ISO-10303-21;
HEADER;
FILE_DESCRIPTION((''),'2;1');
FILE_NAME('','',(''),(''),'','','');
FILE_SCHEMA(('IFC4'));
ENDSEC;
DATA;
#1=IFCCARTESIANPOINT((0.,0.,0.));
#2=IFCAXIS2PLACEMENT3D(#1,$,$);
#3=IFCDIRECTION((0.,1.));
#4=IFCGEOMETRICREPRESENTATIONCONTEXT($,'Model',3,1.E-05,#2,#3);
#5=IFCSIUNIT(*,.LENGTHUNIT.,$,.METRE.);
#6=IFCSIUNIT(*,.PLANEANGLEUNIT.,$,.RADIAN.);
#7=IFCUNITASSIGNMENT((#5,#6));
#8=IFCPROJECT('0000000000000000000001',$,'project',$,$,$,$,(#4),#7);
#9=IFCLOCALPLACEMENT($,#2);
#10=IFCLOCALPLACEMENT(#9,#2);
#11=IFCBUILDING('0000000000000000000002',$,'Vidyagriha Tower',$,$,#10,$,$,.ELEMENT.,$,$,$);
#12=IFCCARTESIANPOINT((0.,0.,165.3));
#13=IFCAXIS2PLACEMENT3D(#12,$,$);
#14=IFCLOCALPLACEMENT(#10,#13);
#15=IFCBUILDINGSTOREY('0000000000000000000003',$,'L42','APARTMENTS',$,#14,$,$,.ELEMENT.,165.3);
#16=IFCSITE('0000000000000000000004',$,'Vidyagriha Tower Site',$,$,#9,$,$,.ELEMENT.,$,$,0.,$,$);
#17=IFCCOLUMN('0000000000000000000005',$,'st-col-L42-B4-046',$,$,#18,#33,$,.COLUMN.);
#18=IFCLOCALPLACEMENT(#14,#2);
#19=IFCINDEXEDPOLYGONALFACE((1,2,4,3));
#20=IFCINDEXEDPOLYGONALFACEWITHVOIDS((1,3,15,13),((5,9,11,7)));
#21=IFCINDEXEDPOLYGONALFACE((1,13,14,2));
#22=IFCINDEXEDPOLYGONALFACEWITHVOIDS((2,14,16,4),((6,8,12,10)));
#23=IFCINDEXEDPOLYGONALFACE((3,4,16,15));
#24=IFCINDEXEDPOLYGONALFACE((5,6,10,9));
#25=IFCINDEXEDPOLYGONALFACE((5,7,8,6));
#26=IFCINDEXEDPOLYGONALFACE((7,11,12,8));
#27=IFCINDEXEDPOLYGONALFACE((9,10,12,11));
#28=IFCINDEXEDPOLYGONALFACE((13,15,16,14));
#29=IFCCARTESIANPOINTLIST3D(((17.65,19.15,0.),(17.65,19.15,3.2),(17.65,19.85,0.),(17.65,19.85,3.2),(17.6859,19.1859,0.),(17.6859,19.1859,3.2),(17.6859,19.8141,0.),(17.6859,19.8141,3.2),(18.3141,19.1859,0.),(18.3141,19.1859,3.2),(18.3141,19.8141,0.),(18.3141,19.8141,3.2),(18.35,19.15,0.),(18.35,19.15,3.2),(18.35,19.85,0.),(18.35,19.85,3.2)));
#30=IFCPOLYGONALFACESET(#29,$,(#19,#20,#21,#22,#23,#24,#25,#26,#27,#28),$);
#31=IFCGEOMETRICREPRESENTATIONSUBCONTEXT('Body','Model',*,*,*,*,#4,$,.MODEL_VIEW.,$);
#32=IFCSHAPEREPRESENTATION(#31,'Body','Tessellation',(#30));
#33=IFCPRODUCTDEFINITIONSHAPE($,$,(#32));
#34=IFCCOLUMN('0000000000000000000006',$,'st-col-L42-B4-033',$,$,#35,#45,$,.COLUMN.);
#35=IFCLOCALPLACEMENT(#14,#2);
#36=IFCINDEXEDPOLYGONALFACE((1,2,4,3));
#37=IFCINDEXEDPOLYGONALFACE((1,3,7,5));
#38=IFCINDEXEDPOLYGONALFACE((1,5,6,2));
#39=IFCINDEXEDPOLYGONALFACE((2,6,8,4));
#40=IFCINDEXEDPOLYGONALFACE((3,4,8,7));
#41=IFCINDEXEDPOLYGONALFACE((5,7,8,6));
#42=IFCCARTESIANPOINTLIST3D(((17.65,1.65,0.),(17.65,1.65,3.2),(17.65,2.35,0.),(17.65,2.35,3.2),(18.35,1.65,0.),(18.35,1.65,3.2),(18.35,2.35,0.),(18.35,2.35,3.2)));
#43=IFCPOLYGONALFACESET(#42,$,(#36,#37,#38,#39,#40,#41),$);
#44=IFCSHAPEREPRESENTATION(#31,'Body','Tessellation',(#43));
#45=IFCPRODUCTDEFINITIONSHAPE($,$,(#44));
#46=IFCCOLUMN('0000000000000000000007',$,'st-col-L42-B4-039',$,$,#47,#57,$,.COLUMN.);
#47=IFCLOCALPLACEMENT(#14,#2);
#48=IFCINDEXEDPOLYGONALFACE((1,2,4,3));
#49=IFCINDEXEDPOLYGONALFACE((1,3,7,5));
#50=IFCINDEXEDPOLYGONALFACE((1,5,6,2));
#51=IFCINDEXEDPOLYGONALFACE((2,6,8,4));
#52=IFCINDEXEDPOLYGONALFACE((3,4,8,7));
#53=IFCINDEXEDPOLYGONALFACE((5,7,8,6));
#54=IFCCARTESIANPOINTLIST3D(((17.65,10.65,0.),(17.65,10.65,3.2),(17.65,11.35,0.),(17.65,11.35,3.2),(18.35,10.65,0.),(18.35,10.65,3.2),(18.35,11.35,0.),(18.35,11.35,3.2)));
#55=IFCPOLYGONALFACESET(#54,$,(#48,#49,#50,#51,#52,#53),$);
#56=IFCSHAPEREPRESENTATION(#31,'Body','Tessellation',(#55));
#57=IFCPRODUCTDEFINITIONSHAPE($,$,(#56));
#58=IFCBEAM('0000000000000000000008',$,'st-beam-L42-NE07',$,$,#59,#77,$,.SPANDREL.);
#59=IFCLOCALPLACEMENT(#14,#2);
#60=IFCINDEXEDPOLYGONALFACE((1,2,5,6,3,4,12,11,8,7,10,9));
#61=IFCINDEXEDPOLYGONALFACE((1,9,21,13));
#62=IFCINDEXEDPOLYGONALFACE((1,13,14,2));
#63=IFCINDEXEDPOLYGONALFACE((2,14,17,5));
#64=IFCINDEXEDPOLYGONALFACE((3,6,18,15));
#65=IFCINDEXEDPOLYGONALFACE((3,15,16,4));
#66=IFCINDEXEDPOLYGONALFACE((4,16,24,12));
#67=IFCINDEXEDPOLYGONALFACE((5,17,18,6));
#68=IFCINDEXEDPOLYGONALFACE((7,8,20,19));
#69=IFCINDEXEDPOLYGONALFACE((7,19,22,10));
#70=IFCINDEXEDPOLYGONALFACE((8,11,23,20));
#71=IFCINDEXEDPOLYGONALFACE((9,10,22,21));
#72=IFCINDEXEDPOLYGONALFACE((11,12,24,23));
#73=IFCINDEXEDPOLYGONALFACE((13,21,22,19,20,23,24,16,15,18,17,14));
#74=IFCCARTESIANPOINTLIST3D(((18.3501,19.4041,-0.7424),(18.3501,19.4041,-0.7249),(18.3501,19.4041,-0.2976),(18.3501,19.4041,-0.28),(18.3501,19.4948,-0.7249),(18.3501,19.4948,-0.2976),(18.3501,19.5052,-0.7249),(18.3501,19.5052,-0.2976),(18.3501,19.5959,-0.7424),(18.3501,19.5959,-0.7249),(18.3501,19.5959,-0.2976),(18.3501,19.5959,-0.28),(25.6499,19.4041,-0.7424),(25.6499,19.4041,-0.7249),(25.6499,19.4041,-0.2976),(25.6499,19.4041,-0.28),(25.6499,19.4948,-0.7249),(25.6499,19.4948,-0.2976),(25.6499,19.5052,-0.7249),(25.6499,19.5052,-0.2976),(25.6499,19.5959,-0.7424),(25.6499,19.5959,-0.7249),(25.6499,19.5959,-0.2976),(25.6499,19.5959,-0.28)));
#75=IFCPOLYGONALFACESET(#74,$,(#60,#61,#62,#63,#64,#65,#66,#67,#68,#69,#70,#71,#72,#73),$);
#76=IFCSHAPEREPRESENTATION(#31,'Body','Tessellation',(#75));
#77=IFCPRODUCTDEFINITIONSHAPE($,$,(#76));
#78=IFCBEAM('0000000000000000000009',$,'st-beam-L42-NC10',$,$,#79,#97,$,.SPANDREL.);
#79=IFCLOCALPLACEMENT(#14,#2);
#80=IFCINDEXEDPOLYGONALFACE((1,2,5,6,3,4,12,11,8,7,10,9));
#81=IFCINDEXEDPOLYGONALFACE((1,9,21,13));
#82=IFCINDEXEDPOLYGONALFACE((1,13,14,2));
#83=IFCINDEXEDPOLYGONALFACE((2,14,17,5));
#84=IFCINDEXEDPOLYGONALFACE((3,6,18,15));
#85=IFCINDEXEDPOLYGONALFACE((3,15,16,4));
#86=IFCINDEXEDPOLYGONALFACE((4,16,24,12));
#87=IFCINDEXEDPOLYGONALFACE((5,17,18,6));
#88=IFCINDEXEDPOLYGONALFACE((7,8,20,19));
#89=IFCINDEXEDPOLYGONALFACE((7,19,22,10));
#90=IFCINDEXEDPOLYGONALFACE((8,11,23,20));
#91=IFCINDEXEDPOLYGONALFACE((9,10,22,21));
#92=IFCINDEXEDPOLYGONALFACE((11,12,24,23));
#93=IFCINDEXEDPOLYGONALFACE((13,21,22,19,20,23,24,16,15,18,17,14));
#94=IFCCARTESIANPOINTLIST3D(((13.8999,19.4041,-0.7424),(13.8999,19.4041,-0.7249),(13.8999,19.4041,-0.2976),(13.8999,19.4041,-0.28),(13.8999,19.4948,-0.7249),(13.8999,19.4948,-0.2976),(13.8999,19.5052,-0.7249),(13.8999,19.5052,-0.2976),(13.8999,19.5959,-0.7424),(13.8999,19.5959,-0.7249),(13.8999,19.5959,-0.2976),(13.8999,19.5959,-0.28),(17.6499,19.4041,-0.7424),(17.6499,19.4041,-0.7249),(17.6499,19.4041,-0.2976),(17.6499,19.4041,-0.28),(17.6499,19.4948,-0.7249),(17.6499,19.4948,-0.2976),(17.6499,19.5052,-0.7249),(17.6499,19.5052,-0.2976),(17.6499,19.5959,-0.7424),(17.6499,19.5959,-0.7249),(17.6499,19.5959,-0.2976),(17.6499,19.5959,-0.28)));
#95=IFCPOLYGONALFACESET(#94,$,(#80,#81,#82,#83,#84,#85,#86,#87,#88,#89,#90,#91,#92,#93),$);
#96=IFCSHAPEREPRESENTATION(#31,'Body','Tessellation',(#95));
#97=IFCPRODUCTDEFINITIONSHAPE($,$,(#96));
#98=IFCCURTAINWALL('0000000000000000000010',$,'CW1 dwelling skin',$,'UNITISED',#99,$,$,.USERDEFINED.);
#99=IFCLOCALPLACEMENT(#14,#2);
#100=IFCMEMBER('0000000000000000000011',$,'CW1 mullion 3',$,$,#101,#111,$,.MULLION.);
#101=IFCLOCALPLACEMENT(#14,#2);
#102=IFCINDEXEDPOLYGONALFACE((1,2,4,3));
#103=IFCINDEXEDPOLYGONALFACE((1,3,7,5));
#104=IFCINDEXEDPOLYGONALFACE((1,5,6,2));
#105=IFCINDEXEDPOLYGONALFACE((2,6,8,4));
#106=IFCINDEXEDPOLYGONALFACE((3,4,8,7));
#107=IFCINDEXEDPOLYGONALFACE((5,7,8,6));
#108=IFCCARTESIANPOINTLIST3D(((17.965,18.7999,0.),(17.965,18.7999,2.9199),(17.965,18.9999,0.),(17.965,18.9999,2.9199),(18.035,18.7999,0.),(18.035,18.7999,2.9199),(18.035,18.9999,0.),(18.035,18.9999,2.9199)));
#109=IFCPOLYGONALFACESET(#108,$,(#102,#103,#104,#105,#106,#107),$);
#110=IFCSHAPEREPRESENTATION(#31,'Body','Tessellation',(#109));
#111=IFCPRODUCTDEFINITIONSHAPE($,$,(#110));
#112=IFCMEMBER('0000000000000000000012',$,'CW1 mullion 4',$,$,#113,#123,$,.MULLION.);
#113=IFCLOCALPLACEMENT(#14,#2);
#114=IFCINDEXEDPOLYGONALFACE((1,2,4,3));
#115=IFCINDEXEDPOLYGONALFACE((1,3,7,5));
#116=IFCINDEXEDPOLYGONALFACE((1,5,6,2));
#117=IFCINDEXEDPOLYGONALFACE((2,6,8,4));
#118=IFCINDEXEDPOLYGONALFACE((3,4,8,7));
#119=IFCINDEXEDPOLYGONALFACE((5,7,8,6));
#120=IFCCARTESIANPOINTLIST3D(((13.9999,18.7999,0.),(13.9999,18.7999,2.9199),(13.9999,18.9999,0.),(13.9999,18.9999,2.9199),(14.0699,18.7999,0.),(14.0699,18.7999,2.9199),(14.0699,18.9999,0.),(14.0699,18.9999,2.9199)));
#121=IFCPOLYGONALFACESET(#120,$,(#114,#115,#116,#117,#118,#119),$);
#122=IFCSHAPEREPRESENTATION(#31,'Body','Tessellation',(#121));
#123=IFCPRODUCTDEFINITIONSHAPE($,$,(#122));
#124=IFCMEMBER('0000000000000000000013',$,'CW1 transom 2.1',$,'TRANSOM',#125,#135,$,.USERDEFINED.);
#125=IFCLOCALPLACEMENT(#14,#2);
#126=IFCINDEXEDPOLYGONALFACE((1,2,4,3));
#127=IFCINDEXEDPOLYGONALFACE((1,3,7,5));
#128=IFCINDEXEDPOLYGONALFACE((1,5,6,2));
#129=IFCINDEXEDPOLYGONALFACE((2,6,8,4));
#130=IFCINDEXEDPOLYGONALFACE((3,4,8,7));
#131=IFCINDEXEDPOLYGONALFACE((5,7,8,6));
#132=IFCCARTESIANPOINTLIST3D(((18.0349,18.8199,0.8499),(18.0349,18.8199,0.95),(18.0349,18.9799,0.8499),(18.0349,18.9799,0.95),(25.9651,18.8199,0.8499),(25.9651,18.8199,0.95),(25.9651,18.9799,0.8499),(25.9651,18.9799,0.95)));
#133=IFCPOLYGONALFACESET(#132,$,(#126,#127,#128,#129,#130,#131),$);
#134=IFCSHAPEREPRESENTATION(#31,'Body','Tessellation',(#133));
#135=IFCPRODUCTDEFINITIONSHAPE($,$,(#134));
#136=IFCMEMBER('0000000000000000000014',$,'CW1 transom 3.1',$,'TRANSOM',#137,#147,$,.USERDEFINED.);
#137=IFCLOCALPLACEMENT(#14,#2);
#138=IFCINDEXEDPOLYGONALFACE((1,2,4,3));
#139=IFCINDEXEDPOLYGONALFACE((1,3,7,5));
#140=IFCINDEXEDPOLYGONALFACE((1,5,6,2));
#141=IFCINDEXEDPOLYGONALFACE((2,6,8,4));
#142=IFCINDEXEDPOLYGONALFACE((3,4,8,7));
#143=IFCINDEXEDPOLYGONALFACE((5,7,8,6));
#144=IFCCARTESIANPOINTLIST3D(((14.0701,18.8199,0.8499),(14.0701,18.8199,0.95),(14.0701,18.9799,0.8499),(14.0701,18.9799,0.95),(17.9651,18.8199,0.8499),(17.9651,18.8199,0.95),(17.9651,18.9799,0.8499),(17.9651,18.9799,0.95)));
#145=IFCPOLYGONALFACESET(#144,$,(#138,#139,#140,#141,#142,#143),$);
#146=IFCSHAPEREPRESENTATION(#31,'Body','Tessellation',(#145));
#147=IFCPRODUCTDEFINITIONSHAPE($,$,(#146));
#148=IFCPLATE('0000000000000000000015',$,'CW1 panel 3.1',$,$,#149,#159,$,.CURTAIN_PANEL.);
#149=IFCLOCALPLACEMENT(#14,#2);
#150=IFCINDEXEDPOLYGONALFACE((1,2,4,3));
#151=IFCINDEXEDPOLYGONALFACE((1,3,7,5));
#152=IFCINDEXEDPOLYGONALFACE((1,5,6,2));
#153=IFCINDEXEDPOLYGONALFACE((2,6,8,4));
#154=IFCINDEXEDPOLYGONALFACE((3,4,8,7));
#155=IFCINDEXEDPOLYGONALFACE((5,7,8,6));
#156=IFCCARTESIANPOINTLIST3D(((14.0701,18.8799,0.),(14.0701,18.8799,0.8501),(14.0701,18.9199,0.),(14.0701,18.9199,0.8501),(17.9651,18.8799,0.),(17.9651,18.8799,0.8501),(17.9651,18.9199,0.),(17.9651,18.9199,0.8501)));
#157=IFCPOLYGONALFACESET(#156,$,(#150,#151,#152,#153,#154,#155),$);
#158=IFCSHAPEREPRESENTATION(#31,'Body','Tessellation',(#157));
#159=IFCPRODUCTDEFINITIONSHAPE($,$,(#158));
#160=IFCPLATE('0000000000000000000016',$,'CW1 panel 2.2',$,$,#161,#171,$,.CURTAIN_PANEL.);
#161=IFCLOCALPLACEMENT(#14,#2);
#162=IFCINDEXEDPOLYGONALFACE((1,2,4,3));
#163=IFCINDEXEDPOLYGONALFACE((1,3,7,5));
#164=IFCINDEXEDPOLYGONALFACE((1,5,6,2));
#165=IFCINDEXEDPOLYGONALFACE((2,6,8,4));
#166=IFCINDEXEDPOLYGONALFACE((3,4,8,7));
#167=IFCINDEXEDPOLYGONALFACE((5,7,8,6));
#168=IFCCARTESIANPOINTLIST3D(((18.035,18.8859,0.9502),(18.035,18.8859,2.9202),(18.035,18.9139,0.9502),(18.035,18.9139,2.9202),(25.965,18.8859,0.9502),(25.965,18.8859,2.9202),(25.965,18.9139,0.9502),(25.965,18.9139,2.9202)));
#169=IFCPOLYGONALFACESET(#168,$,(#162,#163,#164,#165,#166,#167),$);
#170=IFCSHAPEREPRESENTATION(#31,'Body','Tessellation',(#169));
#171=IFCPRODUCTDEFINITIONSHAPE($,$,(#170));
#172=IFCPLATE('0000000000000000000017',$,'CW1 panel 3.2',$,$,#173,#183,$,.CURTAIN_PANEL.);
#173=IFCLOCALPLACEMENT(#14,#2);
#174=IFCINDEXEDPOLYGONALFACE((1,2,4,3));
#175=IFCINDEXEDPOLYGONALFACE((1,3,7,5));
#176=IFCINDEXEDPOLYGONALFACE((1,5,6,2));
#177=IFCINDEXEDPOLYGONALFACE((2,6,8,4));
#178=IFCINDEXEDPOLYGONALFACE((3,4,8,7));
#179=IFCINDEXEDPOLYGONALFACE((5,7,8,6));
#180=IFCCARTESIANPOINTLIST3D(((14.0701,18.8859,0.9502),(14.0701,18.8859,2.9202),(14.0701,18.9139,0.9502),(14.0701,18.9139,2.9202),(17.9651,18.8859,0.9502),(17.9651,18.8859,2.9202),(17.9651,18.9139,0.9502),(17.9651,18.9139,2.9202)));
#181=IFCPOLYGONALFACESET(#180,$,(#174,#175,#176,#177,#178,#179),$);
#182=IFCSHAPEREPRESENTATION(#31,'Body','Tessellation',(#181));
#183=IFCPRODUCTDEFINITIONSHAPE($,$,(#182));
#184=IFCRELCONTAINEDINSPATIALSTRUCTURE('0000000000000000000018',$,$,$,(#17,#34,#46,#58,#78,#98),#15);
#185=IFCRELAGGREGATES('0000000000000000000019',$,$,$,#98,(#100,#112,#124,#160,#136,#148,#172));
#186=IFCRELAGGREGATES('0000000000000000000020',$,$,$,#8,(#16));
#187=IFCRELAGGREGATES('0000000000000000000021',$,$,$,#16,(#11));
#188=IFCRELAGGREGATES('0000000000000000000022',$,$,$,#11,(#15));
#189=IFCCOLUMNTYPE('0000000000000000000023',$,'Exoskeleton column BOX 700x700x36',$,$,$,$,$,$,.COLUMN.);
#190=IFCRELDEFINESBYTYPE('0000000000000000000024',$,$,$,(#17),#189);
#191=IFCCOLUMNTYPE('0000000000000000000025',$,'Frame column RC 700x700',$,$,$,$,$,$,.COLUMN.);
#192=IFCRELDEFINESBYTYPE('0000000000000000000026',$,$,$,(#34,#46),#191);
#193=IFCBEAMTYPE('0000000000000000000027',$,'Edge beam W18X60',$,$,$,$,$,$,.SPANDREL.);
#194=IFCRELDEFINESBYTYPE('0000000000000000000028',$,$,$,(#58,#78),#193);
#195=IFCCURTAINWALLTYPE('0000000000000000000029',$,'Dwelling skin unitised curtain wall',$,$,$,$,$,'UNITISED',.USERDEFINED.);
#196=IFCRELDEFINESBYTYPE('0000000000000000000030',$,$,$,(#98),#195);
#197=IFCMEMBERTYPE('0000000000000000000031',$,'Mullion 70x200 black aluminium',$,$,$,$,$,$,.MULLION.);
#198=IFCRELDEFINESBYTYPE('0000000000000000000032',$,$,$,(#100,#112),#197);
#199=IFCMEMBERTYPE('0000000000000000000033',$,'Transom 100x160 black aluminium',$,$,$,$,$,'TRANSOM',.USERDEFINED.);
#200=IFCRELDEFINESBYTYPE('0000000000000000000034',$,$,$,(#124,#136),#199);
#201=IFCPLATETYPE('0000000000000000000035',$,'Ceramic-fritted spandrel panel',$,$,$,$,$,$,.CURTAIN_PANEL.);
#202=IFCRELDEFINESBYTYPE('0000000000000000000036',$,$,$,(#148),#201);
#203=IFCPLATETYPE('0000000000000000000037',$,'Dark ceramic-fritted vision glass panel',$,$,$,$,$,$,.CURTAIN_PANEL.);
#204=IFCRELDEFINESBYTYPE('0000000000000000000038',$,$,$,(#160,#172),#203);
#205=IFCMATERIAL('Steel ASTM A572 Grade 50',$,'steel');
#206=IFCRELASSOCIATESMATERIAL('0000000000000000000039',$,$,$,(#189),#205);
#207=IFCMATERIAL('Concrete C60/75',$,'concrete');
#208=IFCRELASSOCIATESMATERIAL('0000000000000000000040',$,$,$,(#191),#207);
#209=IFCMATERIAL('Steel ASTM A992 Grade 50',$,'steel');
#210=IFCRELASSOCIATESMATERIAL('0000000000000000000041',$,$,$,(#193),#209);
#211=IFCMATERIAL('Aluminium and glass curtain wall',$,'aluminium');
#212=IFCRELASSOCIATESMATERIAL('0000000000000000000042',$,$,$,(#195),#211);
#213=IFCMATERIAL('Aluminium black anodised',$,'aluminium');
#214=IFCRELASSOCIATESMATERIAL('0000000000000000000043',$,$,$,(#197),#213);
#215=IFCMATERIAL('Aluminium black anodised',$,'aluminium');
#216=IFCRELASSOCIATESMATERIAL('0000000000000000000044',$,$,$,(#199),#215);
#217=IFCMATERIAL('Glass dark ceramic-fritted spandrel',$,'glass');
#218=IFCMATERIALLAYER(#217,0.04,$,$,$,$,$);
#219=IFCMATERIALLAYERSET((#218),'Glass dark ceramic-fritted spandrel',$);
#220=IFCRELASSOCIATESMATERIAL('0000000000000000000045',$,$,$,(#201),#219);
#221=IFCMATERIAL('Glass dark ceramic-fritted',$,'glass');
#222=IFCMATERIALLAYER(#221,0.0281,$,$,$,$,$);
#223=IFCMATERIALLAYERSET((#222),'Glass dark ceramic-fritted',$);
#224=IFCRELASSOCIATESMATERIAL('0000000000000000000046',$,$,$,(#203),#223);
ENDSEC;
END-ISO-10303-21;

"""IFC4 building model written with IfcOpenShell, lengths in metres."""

from ifc_helpers import new_model, si_unit, direction, frame, origin, origin_2d, place, context, subcontext, project, spatial, rectangle, hollow_rectangle, i_section, extrude, material, layer, layer_set, material_profile, profile_set, type_object, element, aggregate, save


model = new_model("IFC4")

# Units and contexts
model_context = context("Model", 3, precision=1e-05, world=origin(), true_north=direction((0.0, 1.0)))
body_context = subcontext(model_context, "Body", "Model", "MODEL_VIEW")
ifc_project = project(units=[si_unit("LENGTHUNIT", "METRE"), si_unit("PLANEANGLEUNIT", "RADIAN")], contexts=[model_context])

# Site, building, storey
site_placement = place(None, origin())
site = spatial("IfcSite", under=ifc_project, at=site_placement, Name="Vidyagriha Tower Site", CompositionType="ELEMENT", RefElevation=0.0)
building_placement = place(site_placement, origin())
building = spatial("IfcBuilding", under=site, at=building_placement, Name="Vidyagriha Tower", CompositionType="ELEMENT")
storey_placement = place(building_placement, frame((0.0, 0.0, 165.3)))
storey = spatial("IfcBuildingStorey", under=building, at=storey_placement, Name="L42", Description="APARTMENTS", CompositionType="ELEMENT", Elevation=165.3)

# Columns
ifc_material_1 = material(Name="Steel ASTM A572 Grade 50", Category="steel")
ifc_material_profile_1 = material_profile(ifc_material_1, hollow_rectangle(XDim=0.7, YDim=0.7, WallThickness=0.0359, at=origin_2d()), Name="BOX 700x700x36")
ifc_profile_set_1 = profile_set([ifc_material_profile_1], Name="Steel ASTM A572 Grade 50")
column_type_1 = type_object("IfcColumnType", Name="Exoskeleton column BOX 700x700x36", PredefinedType="COLUMN", material=ifc_profile_set_1)
column_placement = place(storey_placement, frame((18.0, 19.5, 0.0)))
element("IfcColumn", 1, at=column_placement, inside=storey, type_object=column_type_1, Name="st-col-L42-B4-046", PredefinedType="COLUMN", context=body_context, shape_type="SweptSolid", body=[
    extrude(hollow_rectangle(XDim=0.7, YDim=0.7, WallThickness=0.0359, at=origin_2d()), origin(), (0.0, 0.0, 1.0), 3.2),
])
ifc_material_2 = material(Name="Concrete C60/75", Category="concrete")
ifc_material_profile_2 = material_profile(ifc_material_2, rectangle(XDim=0.7, YDim=0.7, at=origin_2d()), Name="RC 700x700")
ifc_profile_set_2 = profile_set([ifc_material_profile_2], Name="Concrete C60/75")
column_type_2 = type_object("IfcColumnType", Name="Frame column RC 700x700", PredefinedType="COLUMN", material=ifc_profile_set_2)
for number, where, name in (
    (2, (18.0, 2.0, 0.0), "st-col-L42-B4-033"),
    (3, (18.0, 11.0, 0.0), "st-col-L42-B4-039"),
):
    element("IfcColumn", number, at=place(storey_placement, frame(where)), inside=storey, type_object=column_type_2, Name=name, PredefinedType="COLUMN", context=body_context, shape_type="SweptSolid", body=[
        extrude(rectangle(XDim=0.7, YDim=0.7, at=origin_2d()), origin(), (0.0, 0.0, 1.0), 3.2),
    ])

# Beams
ifc_material_3 = material(Name="Steel ASTM A992 Grade 50", Category="steel")
ifc_material_profile_3 = material_profile(ifc_material_3, i_section(OverallWidth=0.1919, OverallDepth=0.4624, WebThickness=0.0105, FlangeThickness=0.0176, at=origin_2d()), Name="W18X60")
ifc_profile_set_3 = profile_set([ifc_material_profile_3], Name="Steel ASTM A992 Grade 50")
beam_type = type_object("IfcBeamType", Name="Edge beam W18X60", PredefinedType="SPANDREL", material=ifc_profile_set_3)
beam_1_placement = place(storey_placement, frame((18.3501, 19.5, -0.5112), z_axis=(1.0, 0.0, 0.0), x_axis=(0.0, 1.0, 0.0)))
element("IfcBeam", 4, at=beam_1_placement, inside=storey, type_object=beam_type, Name="st-beam-L42-NE07", PredefinedType="SPANDREL", context=body_context, shape_type="SweptSolid", body=[
    extrude(i_section(OverallWidth=0.1919, OverallDepth=0.4624, WebThickness=0.0105, FlangeThickness=0.0176, at=origin_2d()), origin(), (0.0, 0.0, 1.0), 7.2998),
])
beam_2_placement = place(storey_placement, frame((13.8999, 19.5, -0.5112), z_axis=(1.0, 0.0, 0.0), x_axis=(0.0, 1.0, 0.0)))
element("IfcBeam", 5, at=beam_2_placement, inside=storey, type_object=beam_type, Name="st-beam-L42-NC10", PredefinedType="SPANDREL", context=body_context, shape_type="SweptSolid", body=[
    extrude(i_section(OverallWidth=0.1919, OverallDepth=0.4624, WebThickness=0.0105, FlangeThickness=0.0176, at=origin_2d()), origin(), (0.0, 0.0, 1.0), 3.75),
])

# Curtain wall, members, plates
ifc_material_4 = material(Name="Aluminium and glass curtain wall", Category="aluminium")
curtain_wall_type = type_object("IfcCurtainWallType", Name="Dwelling skin unitised curtain wall", ElementType="UNITISED", PredefinedType="USERDEFINED", material=ifc_material_4)
curtain_wall_placement = place(storey_placement, origin())
curtain_wall = element("IfcCurtainWall", 6, at=curtain_wall_placement, inside=storey, type_object=curtain_wall_type, Name="CW1 dwelling skin", ObjectType="UNITISED", PredefinedType="USERDEFINED")
ifc_material_5 = material(Name="Aluminium black anodised", Category="aluminium")
ifc_material_profile_4 = material_profile(ifc_material_5, rectangle(XDim=0.2, YDim=0.0701, at=origin_2d()), Name="Mullion 70x200 black aluminium")
ifc_profile_set_4 = profile_set([ifc_material_profile_4], Name="Aluminium black anodised")
member_type_1 = type_object("IfcMemberType", Name="Mullion 70x200 black aluminium", PredefinedType="MULLION", material=ifc_profile_set_4)
member_1_placement = place(storey_placement, frame((18.0, 18.8999, 0.0), z_axis=(0.0, 0.0, 1.0), x_axis=(0.0, -1.0, 0.0)))
member_1 = element("IfcMember", 7, at=member_1_placement, type_object=member_type_1, Name="CW1 mullion 3", PredefinedType="MULLION", context=body_context, shape_type="SweptSolid", body=[
    extrude(rectangle(XDim=0.2, YDim=0.0701, at=origin_2d()), origin(), (0.0, 0.0, 1.0), 2.9199),
])
member_2_placement = place(storey_placement, frame((14.0349, 18.8999, 0.0), z_axis=(0.0, 0.0, 1.0), x_axis=(0.0, -1.0, 0.0)))
member_2 = element("IfcMember", 8, at=member_2_placement, type_object=member_type_1, Name="CW1 mullion 4", PredefinedType="MULLION", context=body_context, shape_type="SweptSolid", body=[
    extrude(rectangle(XDim=0.2, YDim=0.0701, at=origin_2d()), origin(), (0.0, 0.0, 1.0), 2.9199),
])
ifc_material_6 = material(Name="Aluminium black anodised", Category="aluminium")
ifc_material_profile_5 = material_profile(ifc_material_6, rectangle(XDim=0.1599, YDim=0.1001, at=origin_2d()), Name="Transom 100x160 black aluminium")
ifc_profile_set_5 = profile_set([ifc_material_profile_5], Name="Aluminium black anodised")
member_type_2 = type_object("IfcMemberType", Name="Transom 100x160 black aluminium", ElementType="TRANSOM", PredefinedType="USERDEFINED", material=ifc_profile_set_5)
member_3_placement = place(storey_placement, frame((25.9651, 18.8999, 0.8999), z_axis=(-1.0, 0.0, 0.0), x_axis=(0.0, -1.0, 0.0)))
member_3 = element("IfcMember", 9, at=member_3_placement, type_object=member_type_2, Name="CW1 transom 2.1", ObjectType="TRANSOM", PredefinedType="USERDEFINED", context=body_context, shape_type="SweptSolid", body=[
    extrude(rectangle(XDim=0.1599, YDim=0.1001, at=origin_2d()), origin(), (0.0, 0.0, 1.0), 7.9302),
])
member_4_placement = place(storey_placement, frame((17.9651, 18.8999, 0.8999), z_axis=(-1.0, 0.0, 0.0), x_axis=(0.0, -1.0, 0.0)))
member_4 = element("IfcMember", 10, at=member_4_placement, type_object=member_type_2, Name="CW1 transom 3.1", ObjectType="TRANSOM", PredefinedType="USERDEFINED", context=body_context, shape_type="SweptSolid", body=[
    extrude(rectangle(XDim=0.1599, YDim=0.1001, at=origin_2d()), origin(), (0.0, 0.0, 1.0), 3.895),
])
ifc_material_7 = material(Name="Glass dark ceramic-fritted spandrel", Category="glass")
ifc_layer_1 = layer(ifc_material_7, 0.04)
ifc_layer_set_1 = layer_set([ifc_layer_1], Name="Glass dark ceramic-fritted spandrel")
plate_type_1 = type_object("IfcPlateType", Name="Ceramic-fritted spandrel panel", PredefinedType="CURTAIN_PANEL", material=ifc_layer_set_1)
plate_1_placement = place(storey_placement, frame((16.0176, 18.8999, 0.0), z_axis=(0.0, 0.0, 1.0), x_axis=(-1.0, 0.0, 0.0)))
plate_1 = element("IfcPlate", 11, at=plate_1_placement, type_object=plate_type_1, Name="CW1 panel 3.1", PredefinedType="CURTAIN_PANEL", context=body_context, shape_type="SweptSolid", body=[
    extrude(rectangle(XDim=3.895, YDim=0.04, at=origin_2d()), origin(), (0.0, 0.0, 1.0), 0.8501),
])
ifc_material_8 = material(Name="Glass dark ceramic-fritted", Category="glass")
ifc_layer_2 = layer(ifc_material_8, 0.0281)
ifc_layer_set_2 = layer_set([ifc_layer_2], Name="Glass dark ceramic-fritted")
plate_type_2 = type_object("IfcPlateType", Name="Dark ceramic-fritted vision glass panel", PredefinedType="CURTAIN_PANEL", material=ifc_layer_set_2)
plate_2_placement = place(storey_placement, frame((22.0, 18.8999, 0.9502), z_axis=(0.0, 0.0, 1.0), x_axis=(-1.0, 0.0, 0.0)))
plate_2 = element("IfcPlate", 12, at=plate_2_placement, type_object=plate_type_2, Name="CW1 panel 2.2", PredefinedType="CURTAIN_PANEL", context=body_context, shape_type="SweptSolid", body=[
    extrude(rectangle(XDim=7.9299, YDim=0.0281, at=origin_2d()), origin(), (0.0, 0.0, 1.0), 1.97),
])
plate_3_placement = place(storey_placement, frame((16.0176, 18.8999, 0.9502), z_axis=(0.0, 0.0, 1.0), x_axis=(-1.0, 0.0, 0.0)))
plate_3 = element("IfcPlate", 13, at=plate_3_placement, type_object=plate_type_2, Name="CW1 panel 3.2", PredefinedType="CURTAIN_PANEL", context=body_context, shape_type="SweptSolid", body=[
    extrude(rectangle(XDim=3.895, YDim=0.0281, at=origin_2d()), origin(), (0.0, 0.0, 1.0), 1.97),
])
aggregate(curtain_wall, [member_1, member_2, member_3, plate_2, member_4, plate_1, plate_3])

save(model, "model.ifc")
